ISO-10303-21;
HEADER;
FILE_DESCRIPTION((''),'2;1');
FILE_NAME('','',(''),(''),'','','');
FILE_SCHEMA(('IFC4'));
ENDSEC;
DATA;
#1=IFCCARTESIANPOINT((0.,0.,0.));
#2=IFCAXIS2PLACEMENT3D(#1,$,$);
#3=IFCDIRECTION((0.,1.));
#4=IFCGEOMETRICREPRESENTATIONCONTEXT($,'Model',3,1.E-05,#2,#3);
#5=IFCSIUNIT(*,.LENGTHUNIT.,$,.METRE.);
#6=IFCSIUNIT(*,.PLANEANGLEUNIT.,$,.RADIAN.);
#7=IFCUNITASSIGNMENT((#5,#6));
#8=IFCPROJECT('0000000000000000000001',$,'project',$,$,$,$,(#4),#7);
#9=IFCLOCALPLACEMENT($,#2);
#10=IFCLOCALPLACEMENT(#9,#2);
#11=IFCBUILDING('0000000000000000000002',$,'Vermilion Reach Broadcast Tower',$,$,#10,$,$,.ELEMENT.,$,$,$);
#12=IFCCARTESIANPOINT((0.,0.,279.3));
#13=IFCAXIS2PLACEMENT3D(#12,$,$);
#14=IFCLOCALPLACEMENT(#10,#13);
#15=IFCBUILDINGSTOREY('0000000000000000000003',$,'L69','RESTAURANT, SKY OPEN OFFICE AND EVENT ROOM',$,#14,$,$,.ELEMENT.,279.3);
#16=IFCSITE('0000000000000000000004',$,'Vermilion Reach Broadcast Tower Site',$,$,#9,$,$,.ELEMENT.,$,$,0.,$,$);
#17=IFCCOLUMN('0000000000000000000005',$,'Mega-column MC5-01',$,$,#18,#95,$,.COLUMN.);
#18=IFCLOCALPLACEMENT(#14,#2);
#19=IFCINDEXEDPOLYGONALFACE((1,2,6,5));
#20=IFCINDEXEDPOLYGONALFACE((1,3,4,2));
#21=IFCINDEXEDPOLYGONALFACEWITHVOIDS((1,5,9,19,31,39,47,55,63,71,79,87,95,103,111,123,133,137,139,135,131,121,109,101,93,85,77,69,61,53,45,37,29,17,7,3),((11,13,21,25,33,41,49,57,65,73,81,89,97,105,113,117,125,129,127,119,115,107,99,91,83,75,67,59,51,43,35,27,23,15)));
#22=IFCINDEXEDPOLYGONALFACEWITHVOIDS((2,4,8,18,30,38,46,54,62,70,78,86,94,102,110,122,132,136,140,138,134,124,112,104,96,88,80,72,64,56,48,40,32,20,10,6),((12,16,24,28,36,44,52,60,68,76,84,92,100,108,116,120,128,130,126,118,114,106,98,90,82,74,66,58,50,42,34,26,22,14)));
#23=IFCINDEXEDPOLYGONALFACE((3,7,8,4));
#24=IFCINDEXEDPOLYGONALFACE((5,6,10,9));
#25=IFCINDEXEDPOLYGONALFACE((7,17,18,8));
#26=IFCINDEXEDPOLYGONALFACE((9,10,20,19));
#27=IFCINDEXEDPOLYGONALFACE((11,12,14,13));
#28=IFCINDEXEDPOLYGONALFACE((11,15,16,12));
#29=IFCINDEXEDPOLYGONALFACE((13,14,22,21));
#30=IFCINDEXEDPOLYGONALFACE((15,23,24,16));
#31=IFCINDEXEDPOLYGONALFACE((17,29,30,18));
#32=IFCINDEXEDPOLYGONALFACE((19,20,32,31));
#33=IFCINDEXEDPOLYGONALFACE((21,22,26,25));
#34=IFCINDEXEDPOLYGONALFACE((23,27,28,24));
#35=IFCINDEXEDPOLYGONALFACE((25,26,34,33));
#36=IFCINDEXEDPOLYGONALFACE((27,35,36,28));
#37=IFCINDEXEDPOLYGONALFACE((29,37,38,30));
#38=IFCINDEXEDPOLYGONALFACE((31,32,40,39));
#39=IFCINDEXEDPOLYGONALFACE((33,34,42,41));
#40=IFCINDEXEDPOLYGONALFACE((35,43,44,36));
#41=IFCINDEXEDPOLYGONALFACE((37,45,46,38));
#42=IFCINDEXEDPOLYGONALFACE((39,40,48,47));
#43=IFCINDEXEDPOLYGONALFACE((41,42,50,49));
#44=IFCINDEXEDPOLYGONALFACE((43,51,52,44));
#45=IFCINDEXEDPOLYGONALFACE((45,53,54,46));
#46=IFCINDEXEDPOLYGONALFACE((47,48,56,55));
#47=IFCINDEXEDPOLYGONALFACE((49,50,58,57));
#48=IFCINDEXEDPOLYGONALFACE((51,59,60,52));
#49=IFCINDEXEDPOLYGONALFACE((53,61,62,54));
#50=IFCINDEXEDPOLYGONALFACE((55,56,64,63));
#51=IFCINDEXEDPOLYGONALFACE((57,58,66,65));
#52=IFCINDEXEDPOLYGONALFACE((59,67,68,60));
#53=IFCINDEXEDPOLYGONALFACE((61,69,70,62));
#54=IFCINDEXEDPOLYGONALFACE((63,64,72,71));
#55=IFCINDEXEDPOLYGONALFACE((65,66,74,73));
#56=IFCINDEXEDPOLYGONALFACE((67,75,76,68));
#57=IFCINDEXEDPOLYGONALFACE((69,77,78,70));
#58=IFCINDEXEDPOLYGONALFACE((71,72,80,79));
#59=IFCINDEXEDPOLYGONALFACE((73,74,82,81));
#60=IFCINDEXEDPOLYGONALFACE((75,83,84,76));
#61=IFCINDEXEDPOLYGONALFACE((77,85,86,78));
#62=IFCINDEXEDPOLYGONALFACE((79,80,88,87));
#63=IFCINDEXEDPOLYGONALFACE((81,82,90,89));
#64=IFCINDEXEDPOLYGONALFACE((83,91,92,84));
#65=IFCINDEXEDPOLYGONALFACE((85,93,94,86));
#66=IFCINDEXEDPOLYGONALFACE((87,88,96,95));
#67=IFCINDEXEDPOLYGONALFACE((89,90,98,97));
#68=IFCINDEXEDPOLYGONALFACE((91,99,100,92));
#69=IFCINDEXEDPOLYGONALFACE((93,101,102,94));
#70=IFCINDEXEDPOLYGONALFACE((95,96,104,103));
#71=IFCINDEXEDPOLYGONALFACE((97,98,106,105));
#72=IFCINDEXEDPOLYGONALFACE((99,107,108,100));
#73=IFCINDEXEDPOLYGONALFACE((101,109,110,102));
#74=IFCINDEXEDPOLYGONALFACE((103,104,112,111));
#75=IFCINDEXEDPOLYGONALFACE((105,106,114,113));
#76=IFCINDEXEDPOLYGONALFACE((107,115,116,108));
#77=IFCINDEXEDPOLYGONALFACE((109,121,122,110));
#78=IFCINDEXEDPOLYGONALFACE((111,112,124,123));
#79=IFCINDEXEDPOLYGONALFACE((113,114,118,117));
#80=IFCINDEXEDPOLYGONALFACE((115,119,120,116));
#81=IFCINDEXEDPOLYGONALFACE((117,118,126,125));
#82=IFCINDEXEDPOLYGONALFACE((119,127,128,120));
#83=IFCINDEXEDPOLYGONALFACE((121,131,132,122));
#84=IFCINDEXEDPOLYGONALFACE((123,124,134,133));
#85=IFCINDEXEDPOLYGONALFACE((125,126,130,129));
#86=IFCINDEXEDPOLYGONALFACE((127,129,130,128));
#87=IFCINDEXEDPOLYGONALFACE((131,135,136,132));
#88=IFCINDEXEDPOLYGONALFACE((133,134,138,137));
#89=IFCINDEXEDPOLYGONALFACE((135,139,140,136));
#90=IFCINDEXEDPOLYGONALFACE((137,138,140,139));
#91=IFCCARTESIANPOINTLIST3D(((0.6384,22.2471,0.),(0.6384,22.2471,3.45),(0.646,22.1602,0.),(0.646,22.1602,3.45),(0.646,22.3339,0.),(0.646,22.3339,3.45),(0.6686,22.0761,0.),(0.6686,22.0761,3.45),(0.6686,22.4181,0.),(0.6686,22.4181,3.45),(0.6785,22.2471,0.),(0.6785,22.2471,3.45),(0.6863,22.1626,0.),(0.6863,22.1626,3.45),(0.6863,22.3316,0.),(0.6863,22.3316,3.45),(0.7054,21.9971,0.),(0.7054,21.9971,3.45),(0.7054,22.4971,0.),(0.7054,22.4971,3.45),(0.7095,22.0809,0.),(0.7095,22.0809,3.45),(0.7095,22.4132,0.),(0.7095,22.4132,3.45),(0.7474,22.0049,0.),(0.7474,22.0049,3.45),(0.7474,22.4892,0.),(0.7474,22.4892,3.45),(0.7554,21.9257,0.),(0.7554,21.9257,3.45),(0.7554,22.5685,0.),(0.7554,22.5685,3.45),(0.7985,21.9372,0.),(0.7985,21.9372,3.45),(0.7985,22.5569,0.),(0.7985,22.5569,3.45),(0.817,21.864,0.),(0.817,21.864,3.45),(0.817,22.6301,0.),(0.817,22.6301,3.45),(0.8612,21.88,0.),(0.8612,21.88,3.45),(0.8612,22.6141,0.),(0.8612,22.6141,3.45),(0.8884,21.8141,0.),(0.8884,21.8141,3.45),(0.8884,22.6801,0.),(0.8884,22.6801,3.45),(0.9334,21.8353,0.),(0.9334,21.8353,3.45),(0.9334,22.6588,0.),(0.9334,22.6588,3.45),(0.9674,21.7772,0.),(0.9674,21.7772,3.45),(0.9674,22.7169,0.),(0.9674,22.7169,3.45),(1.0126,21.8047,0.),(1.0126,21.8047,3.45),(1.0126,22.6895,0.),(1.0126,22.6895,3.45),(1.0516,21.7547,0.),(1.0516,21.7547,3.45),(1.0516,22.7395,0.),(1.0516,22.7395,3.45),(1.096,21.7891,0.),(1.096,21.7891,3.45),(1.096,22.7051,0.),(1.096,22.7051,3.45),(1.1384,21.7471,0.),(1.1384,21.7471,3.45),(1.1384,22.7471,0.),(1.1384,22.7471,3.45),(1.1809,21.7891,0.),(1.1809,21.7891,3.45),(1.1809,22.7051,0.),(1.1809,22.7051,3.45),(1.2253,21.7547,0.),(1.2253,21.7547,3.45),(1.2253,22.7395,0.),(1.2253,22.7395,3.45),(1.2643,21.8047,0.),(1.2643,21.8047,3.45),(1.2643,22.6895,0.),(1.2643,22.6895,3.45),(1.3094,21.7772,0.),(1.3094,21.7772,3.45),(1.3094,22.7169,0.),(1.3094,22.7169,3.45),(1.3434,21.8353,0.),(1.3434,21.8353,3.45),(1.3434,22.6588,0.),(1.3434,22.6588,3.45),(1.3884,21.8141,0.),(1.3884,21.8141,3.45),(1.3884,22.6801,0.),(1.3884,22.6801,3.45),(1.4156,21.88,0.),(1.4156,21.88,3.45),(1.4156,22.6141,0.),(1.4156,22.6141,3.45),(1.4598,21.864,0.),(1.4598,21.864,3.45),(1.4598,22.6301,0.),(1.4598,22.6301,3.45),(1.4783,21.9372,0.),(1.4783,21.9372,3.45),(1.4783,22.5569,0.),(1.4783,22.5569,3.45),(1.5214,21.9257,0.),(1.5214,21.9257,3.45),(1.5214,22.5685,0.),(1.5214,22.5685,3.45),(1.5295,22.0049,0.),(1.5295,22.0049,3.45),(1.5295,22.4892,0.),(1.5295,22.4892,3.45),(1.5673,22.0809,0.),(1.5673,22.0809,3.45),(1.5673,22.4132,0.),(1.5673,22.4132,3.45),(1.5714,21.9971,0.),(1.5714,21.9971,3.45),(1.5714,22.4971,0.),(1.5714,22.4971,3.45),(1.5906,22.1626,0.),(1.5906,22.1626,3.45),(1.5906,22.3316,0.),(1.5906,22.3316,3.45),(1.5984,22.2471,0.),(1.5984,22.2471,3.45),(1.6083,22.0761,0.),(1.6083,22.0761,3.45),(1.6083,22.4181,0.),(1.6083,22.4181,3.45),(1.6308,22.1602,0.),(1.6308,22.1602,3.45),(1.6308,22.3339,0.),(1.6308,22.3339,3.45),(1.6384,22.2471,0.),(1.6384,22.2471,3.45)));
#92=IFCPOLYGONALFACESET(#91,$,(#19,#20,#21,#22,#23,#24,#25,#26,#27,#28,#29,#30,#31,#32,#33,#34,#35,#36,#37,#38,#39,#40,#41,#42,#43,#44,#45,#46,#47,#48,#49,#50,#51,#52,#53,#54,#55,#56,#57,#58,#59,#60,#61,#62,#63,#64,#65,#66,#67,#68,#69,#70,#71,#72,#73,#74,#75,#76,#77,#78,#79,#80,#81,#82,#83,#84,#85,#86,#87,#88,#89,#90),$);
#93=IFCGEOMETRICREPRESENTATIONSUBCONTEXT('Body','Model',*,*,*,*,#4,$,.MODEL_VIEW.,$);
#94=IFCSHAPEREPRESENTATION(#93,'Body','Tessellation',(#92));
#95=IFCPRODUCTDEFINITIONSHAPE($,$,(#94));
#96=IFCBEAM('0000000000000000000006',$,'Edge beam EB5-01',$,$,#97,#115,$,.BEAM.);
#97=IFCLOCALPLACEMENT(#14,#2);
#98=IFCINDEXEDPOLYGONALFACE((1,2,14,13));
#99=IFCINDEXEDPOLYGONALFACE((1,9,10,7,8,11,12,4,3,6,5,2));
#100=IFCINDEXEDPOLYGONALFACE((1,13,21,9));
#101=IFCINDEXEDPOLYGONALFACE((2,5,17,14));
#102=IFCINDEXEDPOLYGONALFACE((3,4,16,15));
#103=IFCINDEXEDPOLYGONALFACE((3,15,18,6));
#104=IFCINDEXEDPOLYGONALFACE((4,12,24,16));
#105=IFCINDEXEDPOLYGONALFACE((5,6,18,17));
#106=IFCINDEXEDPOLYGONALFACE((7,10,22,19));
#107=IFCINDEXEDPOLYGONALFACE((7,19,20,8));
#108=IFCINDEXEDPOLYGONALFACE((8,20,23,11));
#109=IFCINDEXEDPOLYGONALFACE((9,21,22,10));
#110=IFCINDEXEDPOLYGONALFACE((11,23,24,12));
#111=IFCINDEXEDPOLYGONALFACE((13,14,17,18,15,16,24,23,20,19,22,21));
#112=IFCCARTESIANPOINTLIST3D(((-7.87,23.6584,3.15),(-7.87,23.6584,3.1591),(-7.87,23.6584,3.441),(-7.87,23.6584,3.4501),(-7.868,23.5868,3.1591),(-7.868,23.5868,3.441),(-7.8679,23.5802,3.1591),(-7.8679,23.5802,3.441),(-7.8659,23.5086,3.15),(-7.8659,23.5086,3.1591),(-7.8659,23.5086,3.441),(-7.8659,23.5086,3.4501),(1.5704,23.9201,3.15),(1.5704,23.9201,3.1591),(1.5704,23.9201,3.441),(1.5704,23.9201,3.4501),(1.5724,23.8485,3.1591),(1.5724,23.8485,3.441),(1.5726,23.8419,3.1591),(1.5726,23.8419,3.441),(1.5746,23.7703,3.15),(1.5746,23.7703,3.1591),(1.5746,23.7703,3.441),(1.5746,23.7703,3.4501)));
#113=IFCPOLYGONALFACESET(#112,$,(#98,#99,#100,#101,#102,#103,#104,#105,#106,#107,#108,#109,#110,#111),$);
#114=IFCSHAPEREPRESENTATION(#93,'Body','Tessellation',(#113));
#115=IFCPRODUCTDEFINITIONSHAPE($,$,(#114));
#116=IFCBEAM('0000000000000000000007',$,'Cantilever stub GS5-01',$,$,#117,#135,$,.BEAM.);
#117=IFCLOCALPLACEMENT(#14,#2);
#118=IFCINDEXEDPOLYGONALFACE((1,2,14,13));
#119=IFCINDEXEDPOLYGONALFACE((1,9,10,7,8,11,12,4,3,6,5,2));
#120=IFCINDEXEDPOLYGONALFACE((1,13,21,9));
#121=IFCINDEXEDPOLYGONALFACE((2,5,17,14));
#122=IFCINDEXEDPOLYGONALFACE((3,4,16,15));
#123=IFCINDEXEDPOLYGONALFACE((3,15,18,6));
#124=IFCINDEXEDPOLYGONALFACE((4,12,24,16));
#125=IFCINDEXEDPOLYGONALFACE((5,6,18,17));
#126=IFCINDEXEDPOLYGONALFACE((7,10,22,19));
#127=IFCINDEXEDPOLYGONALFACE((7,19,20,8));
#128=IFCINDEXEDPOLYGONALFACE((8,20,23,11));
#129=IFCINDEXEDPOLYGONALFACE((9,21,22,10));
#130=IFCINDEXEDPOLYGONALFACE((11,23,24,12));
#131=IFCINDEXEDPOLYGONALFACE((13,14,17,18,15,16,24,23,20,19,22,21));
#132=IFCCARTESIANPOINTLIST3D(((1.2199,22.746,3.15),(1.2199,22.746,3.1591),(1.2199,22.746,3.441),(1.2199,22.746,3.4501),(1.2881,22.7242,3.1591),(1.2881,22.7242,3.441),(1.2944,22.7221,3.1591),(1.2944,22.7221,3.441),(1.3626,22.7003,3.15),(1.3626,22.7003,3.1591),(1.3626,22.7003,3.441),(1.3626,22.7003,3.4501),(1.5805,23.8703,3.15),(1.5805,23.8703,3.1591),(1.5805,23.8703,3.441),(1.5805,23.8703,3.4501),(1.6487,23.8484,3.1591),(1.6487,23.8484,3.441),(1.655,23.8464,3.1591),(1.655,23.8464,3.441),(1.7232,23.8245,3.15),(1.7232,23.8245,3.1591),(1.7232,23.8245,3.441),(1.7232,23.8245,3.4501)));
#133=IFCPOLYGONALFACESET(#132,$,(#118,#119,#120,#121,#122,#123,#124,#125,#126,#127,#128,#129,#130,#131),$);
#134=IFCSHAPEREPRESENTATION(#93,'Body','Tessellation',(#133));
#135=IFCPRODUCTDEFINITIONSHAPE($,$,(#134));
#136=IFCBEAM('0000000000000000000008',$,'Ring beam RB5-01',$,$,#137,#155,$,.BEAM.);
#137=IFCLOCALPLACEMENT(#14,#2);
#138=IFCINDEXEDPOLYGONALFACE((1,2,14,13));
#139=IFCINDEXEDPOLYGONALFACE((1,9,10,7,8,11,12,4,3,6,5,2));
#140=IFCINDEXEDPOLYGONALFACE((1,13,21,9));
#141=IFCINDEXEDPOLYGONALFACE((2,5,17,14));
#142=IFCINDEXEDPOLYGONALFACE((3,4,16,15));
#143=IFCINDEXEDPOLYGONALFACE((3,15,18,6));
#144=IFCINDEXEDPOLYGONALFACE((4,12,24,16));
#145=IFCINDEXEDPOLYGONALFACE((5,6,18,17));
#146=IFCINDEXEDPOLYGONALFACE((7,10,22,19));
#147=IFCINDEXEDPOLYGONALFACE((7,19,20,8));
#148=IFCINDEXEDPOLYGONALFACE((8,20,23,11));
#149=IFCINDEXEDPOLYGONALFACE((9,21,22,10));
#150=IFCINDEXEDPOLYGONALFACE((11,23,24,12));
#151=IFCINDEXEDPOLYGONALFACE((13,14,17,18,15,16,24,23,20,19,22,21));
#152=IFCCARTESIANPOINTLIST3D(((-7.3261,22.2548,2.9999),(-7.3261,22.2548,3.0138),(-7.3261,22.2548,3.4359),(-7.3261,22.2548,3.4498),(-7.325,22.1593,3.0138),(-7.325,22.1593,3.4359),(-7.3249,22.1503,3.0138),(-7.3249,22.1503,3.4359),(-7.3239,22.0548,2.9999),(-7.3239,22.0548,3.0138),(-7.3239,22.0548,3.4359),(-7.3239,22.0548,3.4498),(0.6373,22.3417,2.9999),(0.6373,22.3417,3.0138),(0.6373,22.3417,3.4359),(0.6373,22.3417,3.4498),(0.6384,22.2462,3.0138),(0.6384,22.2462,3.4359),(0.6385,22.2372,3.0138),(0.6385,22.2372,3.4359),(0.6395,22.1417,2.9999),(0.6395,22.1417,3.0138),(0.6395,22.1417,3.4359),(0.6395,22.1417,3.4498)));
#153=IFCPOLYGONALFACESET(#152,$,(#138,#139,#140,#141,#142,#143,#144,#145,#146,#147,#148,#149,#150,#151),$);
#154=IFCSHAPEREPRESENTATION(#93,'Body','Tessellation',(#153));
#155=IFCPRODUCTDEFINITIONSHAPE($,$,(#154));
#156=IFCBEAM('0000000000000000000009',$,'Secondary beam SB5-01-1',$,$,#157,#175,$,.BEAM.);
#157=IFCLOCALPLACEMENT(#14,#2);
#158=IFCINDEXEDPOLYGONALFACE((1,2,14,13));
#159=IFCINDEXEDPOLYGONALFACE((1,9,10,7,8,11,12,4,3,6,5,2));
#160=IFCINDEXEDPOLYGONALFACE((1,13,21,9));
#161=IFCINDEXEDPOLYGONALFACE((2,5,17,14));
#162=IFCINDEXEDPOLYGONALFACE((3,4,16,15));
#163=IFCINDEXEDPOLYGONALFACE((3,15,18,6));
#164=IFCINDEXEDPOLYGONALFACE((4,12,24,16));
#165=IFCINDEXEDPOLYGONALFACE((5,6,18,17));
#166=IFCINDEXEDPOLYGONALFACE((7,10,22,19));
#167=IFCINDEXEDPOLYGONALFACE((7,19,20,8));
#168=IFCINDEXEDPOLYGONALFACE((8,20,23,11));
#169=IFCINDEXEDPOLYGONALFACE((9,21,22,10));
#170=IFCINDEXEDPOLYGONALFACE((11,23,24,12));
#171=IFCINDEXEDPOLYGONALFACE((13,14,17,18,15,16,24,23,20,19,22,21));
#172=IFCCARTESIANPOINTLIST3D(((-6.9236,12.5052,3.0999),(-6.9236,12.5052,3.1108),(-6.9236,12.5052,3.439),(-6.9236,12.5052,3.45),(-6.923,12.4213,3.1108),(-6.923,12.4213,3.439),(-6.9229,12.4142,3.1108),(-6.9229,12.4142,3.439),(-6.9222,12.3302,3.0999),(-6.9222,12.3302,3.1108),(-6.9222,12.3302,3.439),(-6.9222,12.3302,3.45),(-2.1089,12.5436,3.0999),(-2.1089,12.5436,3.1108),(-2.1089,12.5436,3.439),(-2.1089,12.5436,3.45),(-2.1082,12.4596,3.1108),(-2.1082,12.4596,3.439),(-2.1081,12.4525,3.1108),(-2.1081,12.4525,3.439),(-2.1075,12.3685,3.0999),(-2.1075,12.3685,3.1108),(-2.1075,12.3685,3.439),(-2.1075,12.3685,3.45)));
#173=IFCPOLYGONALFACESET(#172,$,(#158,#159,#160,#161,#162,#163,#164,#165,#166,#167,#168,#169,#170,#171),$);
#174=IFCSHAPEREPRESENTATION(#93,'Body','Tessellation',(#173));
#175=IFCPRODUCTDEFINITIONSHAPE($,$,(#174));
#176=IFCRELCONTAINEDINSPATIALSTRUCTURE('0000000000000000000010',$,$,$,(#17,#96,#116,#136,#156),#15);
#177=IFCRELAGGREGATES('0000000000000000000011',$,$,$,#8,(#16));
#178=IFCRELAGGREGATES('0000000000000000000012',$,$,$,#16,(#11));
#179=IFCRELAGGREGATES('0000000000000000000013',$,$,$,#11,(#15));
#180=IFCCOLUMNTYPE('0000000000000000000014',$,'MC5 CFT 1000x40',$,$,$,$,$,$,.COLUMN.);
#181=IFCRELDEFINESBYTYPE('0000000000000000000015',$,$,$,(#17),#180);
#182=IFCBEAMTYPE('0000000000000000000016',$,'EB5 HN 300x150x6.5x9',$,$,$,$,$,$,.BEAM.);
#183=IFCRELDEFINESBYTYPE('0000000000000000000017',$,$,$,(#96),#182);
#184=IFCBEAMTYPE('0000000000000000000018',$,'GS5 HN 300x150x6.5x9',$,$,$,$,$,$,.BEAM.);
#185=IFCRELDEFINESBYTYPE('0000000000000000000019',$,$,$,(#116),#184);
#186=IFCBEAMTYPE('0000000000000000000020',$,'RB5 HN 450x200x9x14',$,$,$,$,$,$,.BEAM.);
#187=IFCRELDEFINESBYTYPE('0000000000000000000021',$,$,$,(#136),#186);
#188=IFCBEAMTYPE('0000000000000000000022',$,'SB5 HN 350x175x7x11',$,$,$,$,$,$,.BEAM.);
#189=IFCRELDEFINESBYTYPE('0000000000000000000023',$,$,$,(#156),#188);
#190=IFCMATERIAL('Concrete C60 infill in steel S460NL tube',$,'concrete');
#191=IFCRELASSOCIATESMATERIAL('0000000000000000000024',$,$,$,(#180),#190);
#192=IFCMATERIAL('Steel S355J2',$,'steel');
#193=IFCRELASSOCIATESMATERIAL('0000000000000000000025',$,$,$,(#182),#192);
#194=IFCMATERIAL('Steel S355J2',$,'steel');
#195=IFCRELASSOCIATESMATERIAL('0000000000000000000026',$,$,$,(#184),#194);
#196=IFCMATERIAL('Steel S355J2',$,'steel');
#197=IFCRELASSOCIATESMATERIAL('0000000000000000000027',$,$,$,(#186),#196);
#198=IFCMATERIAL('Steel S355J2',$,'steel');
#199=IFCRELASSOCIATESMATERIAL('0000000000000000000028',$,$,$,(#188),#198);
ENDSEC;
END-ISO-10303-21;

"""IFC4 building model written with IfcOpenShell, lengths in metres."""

from ifc_helpers import new_model, si_unit, direction, frame, origin, origin_2d, place, context, subcontext, project, spatial, hollow_circle, i_section, extrude, material, material_profile, profile_set, type_object, element, save


model = new_model("IFC4")

# Units and contexts
model_context = context("Model", 3, precision=1e-05, world=origin(), true_north=direction((0.0, 1.0)))
body_context = subcontext(model_context, "Body", "Model", "MODEL_VIEW")
ifc_project = project(units=[si_unit("LENGTHUNIT", "METRE"), si_unit("PLANEANGLEUNIT", "RADIAN")], contexts=[model_context])

# Site, building, storey
site_placement = place(None, origin())
site = spatial("IfcSite", under=ifc_project, at=site_placement, Name="Vermilion Reach Broadcast Tower Site", CompositionType="ELEMENT", RefElevation=0.0)
building_placement = place(site_placement, origin())
building = spatial("IfcBuilding", under=site, at=building_placement, Name="Vermilion Reach Broadcast Tower", CompositionType="ELEMENT")
storey_placement = place(building_placement, frame((0.0, 0.0, 279.3)))
storey = spatial("IfcBuildingStorey", under=building, at=storey_placement, Name="L69", Description="RESTAURANT, SKY OPEN OFFICE AND EVENT ROOM", CompositionType="ELEMENT", Elevation=279.3)

# Column
ifc_material_1 = material(Name="Concrete C60 infill in steel S460NL tube", Category="concrete")
ifc_material_profile_1 = material_profile(ifc_material_1, hollow_circle(Radius=0.5, WallThickness=0.04, at=origin_2d()), Name="Concrete C60 infill in steel S460NL tube CFT 1000x40")
ifc_profile_set_1 = profile_set([ifc_material_profile_1], Name="Concrete C60 infill in steel S460NL tube")
column_type = type_object("IfcColumnType", Name="MC5 CFT 1000x40", PredefinedType="COLUMN", material=ifc_profile_set_1)
column_placement = place(storey_placement, frame((1.1384, 22.2471, 0.0), z_axis=(0.0, 0.0, 1.0), x_axis=(1.0, 0.0, 0.0)))
element("IfcColumn", 1, at=column_placement, inside=storey, type_object=column_type, Name="Mega-column MC5-01", PredefinedType="COLUMN", context=body_context, shape_type="SweptSolid", body=[
    extrude(hollow_circle(Radius=0.5, WallThickness=0.04, at=origin_2d()), origin(), (0.0, 0.0, 1.0), 3.45),
])

# Beams
ifc_material_2 = material(Name="Steel S355J2", Category="steel")
ifc_material_profile_2 = material_profile(ifc_material_2, i_section(OverallWidth=0.1499, OverallDepth=0.3, WebThickness=0.0066, FlangeThickness=0.009, at=origin_2d()), Name="S355J2 HN 300x150x6.5x9")
ifc_profile_set_2 = profile_set([ifc_material_profile_2], Name="Steel S355J2")
beam_type_1 = type_object("IfcBeamType", Name="EB5 HN 300x150x6.5x9", PredefinedType="BEAM", material=ifc_profile_set_2)
beam_1_placement = place(storey_placement, frame((1.5725, 23.8452, 3.3), z_axis=(-0.999616, -0.027713, 0.0), x_axis=(0.027713, -0.999616, 0.0)))
element("IfcBeam", 2, at=beam_1_placement, inside=storey, type_object=beam_type_1, Name="Edge beam EB5-01", PredefinedType="BEAM", context=body_context, shape_type="SweptSolid", body=[
    extrude(i_section(OverallWidth=0.1499, OverallDepth=0.3, WebThickness=0.0066, FlangeThickness=0.009, at=origin_2d()), origin(), (0.0, 0.0, 1.0), 9.4441),
])
ifc_material_3 = material(Name="Steel S355J2", Category="steel")
ifc_material_profile_3 = material_profile(ifc_material_3, i_section(OverallWidth=0.1499, OverallDepth=0.3, WebThickness=0.0066, FlangeThickness=0.009, at=origin_2d()), Name="S355J2 HN 300x150x6.5x9")
ifc_profile_set_3 = profile_set([ifc_material_profile_3], Name="Steel S355J2")
beam_type_2 = type_object("IfcBeamType", Name="GS5 HN 300x150x6.5x9", PredefinedType="BEAM", material=ifc_profile_set_3)
beam_2_placement = place(storey_placement, frame((1.2913, 22.7231, 3.3), z_axis=(0.305413, 0.95222, 0.0), x_axis=(-0.95222, 0.305413, 0.0)))
element("IfcBeam", 3, at=beam_2_placement, inside=storey, type_object=beam_type_2, Name="Cantilever stub GS5-01", PredefinedType="BEAM", context=body_context, shape_type="SweptSolid", body=[
    extrude(i_section(OverallWidth=0.1499, OverallDepth=0.3, WebThickness=0.0066, FlangeThickness=0.009, at=origin_2d()), origin(), (0.0, 0.0, 1.0), 1.1807),
])
ifc_material_4 = material(Name="Steel S355J2", Category="steel")
ifc_material_profile_4 = material_profile(ifc_material_4, i_section(OverallWidth=0.2, OverallDepth=0.45, WebThickness=0.009, FlangeThickness=0.0139, at=origin_2d()), Name="S355J2 HN 450x200x9x14")
ifc_profile_set_4 = profile_set([ifc_material_profile_4], Name="Steel S355J2")
beam_type_3 = type_object("IfcBeamType", Name="RB5 HN 450x200x9x14", PredefinedType="BEAM", material=ifc_profile_set_4)
beam_3_placement = place(storey_placement, frame((0.6384, 22.2417, 3.2249), z_axis=(-0.99994, -0.010914, 0.0), x_axis=(0.010914, -0.99994, 0.0)))
element("IfcBeam", 4, at=beam_3_placement, inside=storey, type_object=beam_type_3, Name="Ring beam RB5-01", PredefinedType="BEAM", context=body_context, shape_type="SweptSolid", body=[
    extrude(i_section(OverallWidth=0.2, OverallDepth=0.45, WebThickness=0.009, FlangeThickness=0.0139, at=origin_2d()), origin(), (0.0, 0.0, 1.0), 7.9639),
])
ifc_material_5 = material(Name="Steel S355J2", Category="steel")
ifc_material_profile_5 = material_profile(ifc_material_5, i_section(OverallWidth=0.175, OverallDepth=0.3501, WebThickness=0.0071, FlangeThickness=0.011, at=origin_2d()), Name="S355J2 HN 350x175x7x11")
ifc_profile_set_5 = profile_set([ifc_material_profile_5], Name="Steel S355J2")
beam_type_4 = type_object("IfcBeamType", Name="SB5 HN 350x175x7x11", PredefinedType="BEAM", material=ifc_profile_set_5)
beam_4_placement = place(storey_placement, frame((-2.1082, 12.4561, 3.2749), z_axis=(-0.999968, -0.007961, 0.0), x_axis=(0.007961, -0.999968, 0.0)))
element("IfcBeam", 5, at=beam_4_placement, inside=storey, type_object=beam_type_4, Name="Secondary beam SB5-01-1", PredefinedType="BEAM", context=body_context, shape_type="SweptSolid", body=[
    extrude(i_section(OverallWidth=0.175, OverallDepth=0.3501, WebThickness=0.0071, FlangeThickness=0.011, at=origin_2d()), origin(), (0.0, 0.0, 1.0), 4.8149),
])

save(model, "model.ifc")
